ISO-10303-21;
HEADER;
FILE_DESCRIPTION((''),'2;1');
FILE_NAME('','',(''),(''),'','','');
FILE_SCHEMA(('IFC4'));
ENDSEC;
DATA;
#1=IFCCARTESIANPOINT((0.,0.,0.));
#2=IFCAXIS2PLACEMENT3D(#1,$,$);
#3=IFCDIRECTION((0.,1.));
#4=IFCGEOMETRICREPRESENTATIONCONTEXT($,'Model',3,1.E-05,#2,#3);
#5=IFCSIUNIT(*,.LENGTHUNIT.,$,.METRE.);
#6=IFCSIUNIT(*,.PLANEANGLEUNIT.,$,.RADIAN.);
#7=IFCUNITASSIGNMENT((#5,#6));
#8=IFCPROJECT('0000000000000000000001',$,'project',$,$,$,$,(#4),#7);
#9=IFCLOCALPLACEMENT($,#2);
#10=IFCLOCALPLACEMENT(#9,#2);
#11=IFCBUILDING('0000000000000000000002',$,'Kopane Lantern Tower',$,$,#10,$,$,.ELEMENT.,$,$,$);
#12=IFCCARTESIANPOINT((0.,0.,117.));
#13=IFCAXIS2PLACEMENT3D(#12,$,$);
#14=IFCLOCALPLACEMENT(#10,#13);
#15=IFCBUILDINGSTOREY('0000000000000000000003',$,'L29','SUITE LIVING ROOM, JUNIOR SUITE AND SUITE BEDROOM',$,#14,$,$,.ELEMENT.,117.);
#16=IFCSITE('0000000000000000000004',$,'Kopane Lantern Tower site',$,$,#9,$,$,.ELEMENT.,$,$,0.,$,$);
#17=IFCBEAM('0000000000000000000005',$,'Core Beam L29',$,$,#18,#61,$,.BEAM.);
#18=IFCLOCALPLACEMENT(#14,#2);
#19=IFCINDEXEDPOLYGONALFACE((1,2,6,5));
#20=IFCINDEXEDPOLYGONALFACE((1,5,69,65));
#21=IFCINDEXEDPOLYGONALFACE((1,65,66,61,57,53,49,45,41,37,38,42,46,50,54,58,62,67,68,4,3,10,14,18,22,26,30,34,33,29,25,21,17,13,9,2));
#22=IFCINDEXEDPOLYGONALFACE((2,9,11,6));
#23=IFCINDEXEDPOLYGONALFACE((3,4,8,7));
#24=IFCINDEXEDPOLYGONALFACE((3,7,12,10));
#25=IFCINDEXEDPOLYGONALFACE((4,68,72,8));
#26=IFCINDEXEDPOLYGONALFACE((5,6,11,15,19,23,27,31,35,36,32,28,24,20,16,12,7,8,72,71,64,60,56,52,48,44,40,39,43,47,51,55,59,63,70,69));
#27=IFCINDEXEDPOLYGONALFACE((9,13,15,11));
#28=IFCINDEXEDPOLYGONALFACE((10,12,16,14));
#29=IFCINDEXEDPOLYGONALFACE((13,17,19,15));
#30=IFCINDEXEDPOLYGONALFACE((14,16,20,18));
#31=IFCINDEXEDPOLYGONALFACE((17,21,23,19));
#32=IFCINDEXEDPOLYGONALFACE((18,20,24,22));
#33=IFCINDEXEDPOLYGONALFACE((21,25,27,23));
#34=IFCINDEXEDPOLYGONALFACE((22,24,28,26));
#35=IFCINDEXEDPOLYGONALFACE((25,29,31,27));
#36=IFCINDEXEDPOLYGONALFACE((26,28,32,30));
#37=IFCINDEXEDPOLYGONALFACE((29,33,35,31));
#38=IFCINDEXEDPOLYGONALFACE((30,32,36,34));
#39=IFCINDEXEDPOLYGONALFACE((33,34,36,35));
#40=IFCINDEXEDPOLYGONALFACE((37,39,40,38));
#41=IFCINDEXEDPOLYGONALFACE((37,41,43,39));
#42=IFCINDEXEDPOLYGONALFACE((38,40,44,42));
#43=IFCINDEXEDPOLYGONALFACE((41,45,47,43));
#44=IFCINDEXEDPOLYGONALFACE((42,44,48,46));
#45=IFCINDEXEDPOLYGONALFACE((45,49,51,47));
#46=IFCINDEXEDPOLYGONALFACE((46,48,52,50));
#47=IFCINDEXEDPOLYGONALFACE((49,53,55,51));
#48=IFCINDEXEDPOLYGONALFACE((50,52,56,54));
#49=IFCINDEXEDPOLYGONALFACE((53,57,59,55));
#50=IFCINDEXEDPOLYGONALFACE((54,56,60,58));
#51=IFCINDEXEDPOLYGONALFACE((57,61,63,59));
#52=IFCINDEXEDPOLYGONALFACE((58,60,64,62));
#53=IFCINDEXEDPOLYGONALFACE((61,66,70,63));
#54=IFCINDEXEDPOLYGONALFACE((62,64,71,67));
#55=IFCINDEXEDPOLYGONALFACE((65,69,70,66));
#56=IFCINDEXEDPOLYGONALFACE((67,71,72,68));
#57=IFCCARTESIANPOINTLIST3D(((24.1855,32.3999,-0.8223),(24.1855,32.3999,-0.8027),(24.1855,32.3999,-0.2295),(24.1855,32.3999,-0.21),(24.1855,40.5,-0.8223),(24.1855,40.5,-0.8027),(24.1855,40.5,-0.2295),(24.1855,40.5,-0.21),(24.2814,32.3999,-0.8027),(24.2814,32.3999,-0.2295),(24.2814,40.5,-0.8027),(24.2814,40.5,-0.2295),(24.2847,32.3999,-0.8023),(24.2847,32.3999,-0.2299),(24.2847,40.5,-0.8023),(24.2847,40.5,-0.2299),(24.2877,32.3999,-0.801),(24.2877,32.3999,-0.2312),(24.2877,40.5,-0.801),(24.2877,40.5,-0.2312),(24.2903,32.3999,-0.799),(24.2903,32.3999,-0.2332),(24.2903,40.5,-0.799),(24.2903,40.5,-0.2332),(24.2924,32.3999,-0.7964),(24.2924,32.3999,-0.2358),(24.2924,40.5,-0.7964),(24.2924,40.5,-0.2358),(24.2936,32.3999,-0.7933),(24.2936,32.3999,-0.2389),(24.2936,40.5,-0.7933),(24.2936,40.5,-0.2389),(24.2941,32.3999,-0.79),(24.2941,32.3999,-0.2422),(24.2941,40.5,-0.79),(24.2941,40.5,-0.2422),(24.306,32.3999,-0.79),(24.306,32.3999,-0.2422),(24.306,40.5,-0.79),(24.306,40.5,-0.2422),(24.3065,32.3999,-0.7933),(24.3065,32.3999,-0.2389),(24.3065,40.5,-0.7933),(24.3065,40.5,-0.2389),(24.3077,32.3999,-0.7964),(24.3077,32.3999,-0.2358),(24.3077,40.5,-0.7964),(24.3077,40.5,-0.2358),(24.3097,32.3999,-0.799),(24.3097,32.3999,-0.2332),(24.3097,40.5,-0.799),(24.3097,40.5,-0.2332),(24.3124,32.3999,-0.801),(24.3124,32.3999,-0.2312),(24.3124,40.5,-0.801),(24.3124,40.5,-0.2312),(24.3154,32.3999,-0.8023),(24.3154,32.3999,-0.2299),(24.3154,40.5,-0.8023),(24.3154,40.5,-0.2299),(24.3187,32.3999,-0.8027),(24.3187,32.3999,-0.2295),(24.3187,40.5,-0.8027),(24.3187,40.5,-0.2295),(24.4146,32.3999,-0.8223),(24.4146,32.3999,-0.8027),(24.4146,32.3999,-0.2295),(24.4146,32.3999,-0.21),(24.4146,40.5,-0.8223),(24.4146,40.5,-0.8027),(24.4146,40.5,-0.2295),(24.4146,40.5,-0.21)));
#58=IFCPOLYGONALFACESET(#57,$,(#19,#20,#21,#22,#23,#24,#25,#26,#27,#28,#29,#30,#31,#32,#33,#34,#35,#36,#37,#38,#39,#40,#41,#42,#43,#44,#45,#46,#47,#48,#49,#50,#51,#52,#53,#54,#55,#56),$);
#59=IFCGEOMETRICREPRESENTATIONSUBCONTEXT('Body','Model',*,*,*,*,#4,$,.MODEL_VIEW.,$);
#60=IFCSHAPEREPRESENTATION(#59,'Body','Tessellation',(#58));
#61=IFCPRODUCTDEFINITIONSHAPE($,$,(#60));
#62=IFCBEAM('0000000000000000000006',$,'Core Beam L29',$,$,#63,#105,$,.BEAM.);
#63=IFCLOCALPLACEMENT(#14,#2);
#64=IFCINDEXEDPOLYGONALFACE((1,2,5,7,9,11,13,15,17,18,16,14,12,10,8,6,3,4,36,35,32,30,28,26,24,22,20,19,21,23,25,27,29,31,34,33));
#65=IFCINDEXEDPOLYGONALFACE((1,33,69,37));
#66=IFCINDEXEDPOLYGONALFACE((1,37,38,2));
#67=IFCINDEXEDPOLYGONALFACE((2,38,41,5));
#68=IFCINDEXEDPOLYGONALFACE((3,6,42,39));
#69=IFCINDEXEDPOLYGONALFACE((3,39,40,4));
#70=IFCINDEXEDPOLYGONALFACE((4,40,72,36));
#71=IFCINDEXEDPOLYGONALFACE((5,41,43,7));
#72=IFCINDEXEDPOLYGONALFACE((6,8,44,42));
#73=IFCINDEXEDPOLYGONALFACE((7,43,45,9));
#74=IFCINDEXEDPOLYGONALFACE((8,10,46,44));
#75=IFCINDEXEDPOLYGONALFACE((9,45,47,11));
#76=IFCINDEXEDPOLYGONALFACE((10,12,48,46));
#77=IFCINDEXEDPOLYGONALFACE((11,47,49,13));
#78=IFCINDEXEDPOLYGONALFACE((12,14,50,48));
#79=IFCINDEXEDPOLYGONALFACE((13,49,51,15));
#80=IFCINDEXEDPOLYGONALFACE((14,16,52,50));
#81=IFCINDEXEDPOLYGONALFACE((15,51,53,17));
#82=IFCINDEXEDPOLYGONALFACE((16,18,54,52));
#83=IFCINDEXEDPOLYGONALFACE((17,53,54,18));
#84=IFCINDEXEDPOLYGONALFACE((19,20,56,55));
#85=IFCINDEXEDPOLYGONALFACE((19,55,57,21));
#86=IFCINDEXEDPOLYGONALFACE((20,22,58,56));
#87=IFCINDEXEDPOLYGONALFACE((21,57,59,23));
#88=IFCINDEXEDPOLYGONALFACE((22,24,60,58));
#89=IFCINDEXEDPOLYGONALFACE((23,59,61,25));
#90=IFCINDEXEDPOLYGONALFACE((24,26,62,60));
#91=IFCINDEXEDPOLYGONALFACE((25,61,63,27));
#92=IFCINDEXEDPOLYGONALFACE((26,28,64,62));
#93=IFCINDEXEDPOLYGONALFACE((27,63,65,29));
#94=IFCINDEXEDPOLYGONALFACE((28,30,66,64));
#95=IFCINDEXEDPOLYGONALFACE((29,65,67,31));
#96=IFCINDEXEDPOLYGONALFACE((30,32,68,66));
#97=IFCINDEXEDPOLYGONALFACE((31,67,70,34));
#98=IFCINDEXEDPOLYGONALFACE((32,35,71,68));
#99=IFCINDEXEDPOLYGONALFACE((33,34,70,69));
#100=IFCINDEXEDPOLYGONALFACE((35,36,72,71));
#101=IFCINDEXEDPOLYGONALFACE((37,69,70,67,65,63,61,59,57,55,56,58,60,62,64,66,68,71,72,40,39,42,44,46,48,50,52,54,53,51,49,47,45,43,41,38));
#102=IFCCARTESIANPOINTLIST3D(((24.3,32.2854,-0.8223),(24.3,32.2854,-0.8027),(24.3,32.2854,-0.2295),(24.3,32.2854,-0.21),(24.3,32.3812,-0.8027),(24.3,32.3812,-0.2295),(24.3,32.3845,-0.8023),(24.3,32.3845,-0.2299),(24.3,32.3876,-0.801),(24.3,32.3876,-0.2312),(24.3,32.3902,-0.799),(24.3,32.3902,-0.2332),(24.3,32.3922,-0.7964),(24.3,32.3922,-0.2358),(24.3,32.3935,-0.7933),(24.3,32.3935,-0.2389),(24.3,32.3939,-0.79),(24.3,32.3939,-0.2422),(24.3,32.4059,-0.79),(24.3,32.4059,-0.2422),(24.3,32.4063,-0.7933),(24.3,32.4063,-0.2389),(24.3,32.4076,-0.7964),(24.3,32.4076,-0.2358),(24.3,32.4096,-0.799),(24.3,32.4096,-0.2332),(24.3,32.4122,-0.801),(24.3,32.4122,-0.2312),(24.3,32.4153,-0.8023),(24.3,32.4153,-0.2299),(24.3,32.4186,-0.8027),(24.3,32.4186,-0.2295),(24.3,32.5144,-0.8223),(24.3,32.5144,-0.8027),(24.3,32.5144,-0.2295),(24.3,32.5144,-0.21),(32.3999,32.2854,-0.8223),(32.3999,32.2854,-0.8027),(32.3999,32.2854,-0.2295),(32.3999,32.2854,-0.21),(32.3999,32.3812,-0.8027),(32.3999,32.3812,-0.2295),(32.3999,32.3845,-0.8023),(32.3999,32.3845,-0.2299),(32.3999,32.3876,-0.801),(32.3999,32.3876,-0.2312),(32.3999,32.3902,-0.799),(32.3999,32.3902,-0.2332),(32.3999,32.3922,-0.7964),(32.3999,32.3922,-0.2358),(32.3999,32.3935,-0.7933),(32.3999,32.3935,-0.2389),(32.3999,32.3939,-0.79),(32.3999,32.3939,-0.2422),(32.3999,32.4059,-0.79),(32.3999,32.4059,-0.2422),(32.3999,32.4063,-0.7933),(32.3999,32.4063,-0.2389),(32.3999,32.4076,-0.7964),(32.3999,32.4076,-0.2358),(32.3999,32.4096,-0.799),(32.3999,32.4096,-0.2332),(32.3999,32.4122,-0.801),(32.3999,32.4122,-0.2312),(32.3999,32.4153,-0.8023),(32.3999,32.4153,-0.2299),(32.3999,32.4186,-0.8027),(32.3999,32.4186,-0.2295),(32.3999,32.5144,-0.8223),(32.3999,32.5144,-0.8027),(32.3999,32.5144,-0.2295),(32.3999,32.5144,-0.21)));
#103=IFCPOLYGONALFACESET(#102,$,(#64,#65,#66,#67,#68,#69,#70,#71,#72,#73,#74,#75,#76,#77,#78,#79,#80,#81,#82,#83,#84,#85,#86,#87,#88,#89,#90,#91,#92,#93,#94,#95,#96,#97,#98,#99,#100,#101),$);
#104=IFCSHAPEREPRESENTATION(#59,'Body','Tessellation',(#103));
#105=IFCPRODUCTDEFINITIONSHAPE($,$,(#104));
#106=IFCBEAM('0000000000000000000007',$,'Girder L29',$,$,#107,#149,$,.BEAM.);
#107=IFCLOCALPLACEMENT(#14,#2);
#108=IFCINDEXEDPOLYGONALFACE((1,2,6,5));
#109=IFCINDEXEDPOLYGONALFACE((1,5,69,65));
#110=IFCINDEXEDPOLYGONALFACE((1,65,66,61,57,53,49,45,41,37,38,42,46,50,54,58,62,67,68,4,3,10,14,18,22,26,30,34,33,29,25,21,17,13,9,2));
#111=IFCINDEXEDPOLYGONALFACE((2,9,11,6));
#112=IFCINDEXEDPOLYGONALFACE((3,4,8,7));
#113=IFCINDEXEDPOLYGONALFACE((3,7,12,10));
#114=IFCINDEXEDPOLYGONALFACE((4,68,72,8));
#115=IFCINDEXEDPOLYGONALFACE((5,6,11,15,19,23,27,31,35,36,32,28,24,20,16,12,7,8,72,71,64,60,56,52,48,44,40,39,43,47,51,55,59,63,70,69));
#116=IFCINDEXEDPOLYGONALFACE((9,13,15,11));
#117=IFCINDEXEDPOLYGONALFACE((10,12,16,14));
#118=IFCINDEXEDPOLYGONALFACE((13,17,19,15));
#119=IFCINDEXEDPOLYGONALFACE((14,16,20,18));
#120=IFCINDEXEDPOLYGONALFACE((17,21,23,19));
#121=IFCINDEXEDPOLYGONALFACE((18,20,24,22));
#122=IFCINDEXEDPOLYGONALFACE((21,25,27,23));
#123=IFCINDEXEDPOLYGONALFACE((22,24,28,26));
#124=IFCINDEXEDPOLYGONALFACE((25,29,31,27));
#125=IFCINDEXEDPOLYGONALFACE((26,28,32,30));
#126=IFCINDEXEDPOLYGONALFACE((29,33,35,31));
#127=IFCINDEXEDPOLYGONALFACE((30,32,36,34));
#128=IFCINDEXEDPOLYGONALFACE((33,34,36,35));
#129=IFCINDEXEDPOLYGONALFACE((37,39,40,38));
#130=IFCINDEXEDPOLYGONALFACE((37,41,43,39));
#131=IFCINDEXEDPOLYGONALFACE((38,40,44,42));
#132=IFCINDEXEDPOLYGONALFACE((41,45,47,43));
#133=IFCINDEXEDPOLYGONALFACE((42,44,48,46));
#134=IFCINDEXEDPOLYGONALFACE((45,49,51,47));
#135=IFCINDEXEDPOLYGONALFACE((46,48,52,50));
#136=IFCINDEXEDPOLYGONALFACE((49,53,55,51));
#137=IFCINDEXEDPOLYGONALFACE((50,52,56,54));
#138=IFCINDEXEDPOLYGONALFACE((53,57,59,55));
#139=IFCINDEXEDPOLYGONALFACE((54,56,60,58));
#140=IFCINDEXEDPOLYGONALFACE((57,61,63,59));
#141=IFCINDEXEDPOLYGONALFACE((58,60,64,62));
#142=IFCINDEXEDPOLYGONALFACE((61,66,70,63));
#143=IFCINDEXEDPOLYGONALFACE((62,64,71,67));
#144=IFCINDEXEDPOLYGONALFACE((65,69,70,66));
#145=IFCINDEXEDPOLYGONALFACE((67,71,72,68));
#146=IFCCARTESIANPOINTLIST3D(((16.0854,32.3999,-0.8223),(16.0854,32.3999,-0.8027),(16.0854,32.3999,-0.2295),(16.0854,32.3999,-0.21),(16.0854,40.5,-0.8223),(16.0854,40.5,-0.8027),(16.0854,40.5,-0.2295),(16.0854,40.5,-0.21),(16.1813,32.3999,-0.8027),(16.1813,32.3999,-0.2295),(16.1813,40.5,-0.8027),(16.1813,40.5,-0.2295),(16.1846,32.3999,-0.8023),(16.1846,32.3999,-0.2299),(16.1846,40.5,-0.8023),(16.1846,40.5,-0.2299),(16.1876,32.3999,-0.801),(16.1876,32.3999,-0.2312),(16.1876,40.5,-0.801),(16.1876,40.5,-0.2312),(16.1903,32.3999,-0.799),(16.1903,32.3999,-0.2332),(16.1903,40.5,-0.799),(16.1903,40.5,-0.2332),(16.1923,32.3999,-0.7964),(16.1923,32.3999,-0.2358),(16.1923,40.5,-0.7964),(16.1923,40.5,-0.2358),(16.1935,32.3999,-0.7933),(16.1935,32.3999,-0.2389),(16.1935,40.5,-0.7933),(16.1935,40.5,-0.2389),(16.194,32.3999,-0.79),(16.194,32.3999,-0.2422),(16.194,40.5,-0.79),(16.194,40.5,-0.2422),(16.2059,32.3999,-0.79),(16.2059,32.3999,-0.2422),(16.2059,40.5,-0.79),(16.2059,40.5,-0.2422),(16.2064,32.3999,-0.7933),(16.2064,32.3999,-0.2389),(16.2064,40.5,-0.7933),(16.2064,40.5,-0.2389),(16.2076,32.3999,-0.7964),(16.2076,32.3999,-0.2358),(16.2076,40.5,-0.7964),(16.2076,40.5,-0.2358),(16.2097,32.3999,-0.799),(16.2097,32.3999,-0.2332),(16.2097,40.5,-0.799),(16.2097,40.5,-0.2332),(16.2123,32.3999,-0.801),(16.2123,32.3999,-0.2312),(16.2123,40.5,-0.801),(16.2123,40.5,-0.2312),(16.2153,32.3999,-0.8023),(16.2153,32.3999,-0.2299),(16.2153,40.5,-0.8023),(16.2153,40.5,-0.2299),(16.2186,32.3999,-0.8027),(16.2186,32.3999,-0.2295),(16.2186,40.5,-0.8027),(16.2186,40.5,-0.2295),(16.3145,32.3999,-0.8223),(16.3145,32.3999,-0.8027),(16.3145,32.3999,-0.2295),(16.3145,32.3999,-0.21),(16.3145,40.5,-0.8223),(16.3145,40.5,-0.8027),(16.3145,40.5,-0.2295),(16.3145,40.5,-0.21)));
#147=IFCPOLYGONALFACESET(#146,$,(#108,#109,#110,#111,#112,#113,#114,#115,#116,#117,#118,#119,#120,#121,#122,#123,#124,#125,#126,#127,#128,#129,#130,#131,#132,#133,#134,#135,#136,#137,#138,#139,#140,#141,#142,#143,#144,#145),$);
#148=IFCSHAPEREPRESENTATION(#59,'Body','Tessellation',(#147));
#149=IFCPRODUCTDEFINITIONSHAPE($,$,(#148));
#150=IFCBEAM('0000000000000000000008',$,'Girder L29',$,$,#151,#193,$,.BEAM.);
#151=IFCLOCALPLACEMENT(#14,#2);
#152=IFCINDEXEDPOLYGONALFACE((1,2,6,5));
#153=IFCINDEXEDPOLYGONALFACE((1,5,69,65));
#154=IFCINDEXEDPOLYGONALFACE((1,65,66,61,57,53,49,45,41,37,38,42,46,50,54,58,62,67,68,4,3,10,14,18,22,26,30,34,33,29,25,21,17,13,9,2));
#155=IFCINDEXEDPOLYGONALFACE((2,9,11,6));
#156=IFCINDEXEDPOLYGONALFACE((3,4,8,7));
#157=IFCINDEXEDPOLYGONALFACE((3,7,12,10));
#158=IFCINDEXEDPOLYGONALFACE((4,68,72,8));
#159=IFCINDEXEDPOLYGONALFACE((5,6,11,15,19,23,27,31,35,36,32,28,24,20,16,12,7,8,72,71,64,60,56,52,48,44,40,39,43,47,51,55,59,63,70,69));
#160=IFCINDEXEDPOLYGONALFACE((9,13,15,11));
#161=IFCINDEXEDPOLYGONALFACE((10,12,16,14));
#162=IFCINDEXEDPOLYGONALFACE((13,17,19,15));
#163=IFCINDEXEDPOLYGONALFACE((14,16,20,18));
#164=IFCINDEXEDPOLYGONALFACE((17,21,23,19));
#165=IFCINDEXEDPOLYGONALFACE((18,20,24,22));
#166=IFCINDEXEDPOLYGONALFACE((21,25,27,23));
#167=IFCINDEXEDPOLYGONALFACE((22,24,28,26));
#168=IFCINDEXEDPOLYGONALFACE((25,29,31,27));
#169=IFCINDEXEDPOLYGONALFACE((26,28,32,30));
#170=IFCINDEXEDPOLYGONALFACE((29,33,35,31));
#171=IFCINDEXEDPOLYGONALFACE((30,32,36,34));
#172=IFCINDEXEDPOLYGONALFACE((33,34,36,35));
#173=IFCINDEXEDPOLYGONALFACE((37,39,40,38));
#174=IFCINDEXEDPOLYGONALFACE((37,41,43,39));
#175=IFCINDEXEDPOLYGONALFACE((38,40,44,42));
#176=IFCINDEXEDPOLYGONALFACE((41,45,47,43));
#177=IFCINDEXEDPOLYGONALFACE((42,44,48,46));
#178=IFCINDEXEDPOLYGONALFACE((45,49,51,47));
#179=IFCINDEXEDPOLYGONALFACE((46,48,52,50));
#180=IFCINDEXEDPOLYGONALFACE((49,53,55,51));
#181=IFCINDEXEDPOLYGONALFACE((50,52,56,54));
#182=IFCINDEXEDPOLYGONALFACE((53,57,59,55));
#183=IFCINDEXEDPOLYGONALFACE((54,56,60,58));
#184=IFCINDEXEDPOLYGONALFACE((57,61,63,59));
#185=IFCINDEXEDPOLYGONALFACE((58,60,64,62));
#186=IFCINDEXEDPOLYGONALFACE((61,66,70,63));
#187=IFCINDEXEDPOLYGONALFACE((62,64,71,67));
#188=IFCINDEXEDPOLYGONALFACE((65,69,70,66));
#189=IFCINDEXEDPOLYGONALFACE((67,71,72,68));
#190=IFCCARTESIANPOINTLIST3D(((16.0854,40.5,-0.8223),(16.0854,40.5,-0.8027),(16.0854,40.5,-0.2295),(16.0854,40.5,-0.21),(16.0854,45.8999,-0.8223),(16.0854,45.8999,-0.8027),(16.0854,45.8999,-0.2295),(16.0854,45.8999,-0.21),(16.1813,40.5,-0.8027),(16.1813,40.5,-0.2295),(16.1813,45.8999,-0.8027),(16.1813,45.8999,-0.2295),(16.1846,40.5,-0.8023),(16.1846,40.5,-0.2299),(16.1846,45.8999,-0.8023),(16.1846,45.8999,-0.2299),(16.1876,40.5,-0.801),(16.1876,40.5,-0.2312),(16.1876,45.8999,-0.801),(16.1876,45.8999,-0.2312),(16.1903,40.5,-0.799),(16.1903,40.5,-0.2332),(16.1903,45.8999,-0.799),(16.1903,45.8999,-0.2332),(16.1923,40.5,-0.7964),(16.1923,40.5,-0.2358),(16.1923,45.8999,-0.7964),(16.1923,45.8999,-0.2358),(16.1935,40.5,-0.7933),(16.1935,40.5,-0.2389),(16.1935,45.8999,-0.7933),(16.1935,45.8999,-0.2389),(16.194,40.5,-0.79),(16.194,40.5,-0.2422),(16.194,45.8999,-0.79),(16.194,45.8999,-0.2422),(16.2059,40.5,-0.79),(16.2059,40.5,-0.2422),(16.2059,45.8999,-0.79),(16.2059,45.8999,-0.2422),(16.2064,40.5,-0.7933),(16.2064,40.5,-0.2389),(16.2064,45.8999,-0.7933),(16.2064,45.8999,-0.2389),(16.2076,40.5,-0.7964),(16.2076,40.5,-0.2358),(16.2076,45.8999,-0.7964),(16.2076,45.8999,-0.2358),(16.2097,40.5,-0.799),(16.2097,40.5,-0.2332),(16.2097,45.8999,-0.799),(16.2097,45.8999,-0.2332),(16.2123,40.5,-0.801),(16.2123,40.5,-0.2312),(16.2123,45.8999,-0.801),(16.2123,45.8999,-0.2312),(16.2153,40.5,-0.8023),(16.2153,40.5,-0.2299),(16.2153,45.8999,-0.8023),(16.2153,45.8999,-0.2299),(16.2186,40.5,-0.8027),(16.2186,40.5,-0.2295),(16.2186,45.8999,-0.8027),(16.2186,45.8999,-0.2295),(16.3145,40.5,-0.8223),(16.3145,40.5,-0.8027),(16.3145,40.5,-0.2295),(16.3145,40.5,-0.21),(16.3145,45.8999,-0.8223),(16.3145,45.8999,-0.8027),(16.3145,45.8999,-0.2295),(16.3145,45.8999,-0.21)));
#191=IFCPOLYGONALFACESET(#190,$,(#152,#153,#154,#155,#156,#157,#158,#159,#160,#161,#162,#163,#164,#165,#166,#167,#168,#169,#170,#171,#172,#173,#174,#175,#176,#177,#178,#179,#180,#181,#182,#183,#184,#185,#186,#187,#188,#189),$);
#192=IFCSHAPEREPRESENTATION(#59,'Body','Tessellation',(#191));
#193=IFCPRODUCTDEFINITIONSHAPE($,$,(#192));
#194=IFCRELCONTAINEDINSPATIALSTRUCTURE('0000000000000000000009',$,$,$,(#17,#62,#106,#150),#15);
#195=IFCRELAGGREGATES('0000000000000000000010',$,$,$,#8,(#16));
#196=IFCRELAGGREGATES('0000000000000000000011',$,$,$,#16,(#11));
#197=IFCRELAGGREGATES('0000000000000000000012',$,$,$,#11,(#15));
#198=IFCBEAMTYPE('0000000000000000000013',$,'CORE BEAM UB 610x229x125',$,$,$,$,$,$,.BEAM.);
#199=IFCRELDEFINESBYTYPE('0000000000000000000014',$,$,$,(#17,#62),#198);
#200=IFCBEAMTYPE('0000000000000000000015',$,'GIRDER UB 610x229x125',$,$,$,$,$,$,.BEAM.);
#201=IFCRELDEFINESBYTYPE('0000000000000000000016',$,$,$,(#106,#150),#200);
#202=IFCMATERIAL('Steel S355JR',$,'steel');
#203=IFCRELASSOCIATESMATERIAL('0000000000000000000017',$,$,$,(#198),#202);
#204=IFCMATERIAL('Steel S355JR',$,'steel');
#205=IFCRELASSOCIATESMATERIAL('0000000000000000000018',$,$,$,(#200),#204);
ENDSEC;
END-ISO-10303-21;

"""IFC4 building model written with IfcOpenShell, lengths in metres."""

from ifc_helpers import new_model, si_unit, direction, frame, origin, origin_2d, place, context, subcontext, project, spatial, i_section, extrude, material, material_profile, profile_set, type_object, element, save


model = new_model("IFC4")

# Units and contexts
model_context = context("Model", 3, precision=1e-05, world=origin(), true_north=direction((0.0, 1.0)))
body_context = subcontext(model_context, "Body", "Model", "MODEL_VIEW")
ifc_project = project(units=[si_unit("LENGTHUNIT", "METRE"), si_unit("PLANEANGLEUNIT", "RADIAN")], contexts=[model_context])

# Site, building, storey
site_placement = place(None, origin())
site = spatial("IfcSite", under=ifc_project, at=site_placement, Name="Kopane Lantern Tower site", CompositionType="ELEMENT", RefElevation=0.0)
building_placement = place(site_placement, origin())
building = spatial("IfcBuilding", under=site, at=building_placement, Name="Kopane Lantern Tower", CompositionType="ELEMENT")
storey_placement = place(building_placement, frame((0.0, 0.0, 117.0)))
storey = spatial("IfcBuildingStorey", under=building, at=storey_placement, Name="L29", Description="SUITE LIVING ROOM, JUNIOR SUITE AND SUITE BEDROOM", CompositionType="ELEMENT", Elevation=117.0)

# Beams
ifc_material_1 = material(Name="Steel S355JR", Category="steel")
ifc_material_profile_1 = material_profile(ifc_material_1, i_section(OverallWidth=0.229, OverallDepth=0.6123, WebThickness=0.012, FlangeThickness=0.0195, FilletRadius=0.0127, at=origin_2d()), Name="UB 610x229x125")
ifc_profile_set_1 = profile_set([ifc_material_profile_1], Name="Steel S355JR")
beam_type_1 = type_object("IfcBeamType", Name="CORE BEAM UB 610x229x125", PredefinedType="BEAM", material=ifc_profile_set_1)
for number, where, z_axis, x_axis, name in (
    (1, (24.3, 32.3999, -0.5161), (0.0, 1.0, 0.0), (-1.0, 0.0, 0.0), "Core Beam L29"),
):
    element("IfcBeam", number, at=place(storey_placement, frame(where, z_axis=z_axis, x_axis=x_axis)), inside=storey, type_object=beam_type_1, Name=name, PredefinedType="BEAM", context=body_context, shape_type="SweptSolid", body=[
        extrude(i_section(OverallWidth=0.229, OverallDepth=0.6123, WebThickness=0.012, FlangeThickness=0.0195, FilletRadius=0.0127, at=origin_2d()), origin(), (0.0, 0.0, 1.0), 8.1001),
    ])
beam_1_placement = place(storey_placement, frame((24.3, 32.3999, -0.5161), z_axis=(1.0, 0.0, 0.0), x_axis=(0.0, 1.0, 0.0)))
element("IfcBeam", 2, at=beam_1_placement, inside=storey, type_object=beam_type_1, Name="Core Beam L29", PredefinedType="BEAM", context=body_context, shape_type="SweptSolid", body=[
    extrude(i_section(OverallWidth=0.229, OverallDepth=0.6123, WebThickness=0.012, FlangeThickness=0.0195, FilletRadius=0.0127, at=origin_2d()), origin(), (0.0, 0.0, 1.0), 8.0999),
])
ifc_material_2 = material(Name="Steel S355JR", Category="steel")
ifc_material_profile_2 = material_profile(ifc_material_2, i_section(OverallWidth=0.229, OverallDepth=0.6123, WebThickness=0.012, FlangeThickness=0.0195, FilletRadius=0.0127, at=origin_2d()), Name="UB 610x229x125")
ifc_profile_set_2 = profile_set([ifc_material_profile_2], Name="Steel S355JR")
beam_type_2 = type_object("IfcBeamType", Name="GIRDER UB 610x229x125", PredefinedType="BEAM", material=ifc_profile_set_2)
beam_2_placement = place(storey_placement, frame((16.2, 32.3999, -0.5161), z_axis=(0.0, 1.0, 0.0), x_axis=(-1.0, 0.0, 0.0)))
element("IfcBeam", 3, at=beam_2_placement, inside=storey, type_object=beam_type_2, Name="Girder L29", PredefinedType="BEAM", context=body_context, shape_type="SweptSolid", body=[
    extrude(i_section(OverallWidth=0.229, OverallDepth=0.6123, WebThickness=0.012, FlangeThickness=0.0195, FilletRadius=0.0127, at=origin_2d()), origin(), (0.0, 0.0, 1.0), 8.1001),
])
beam_3_placement = place(storey_placement, frame((16.2, 40.5, -0.5161), z_axis=(0.0, 1.0, 0.0), x_axis=(-1.0, 0.0, 0.0)))
element("IfcBeam", 4, at=beam_3_placement, inside=storey, type_object=beam_type_2, Name="Girder L29", PredefinedType="BEAM", context=body_context, shape_type="SweptSolid", body=[
    extrude(i_section(OverallWidth=0.229, OverallDepth=0.6123, WebThickness=0.012, FlangeThickness=0.0195, FilletRadius=0.0127, at=origin_2d()), origin(), (0.0, 0.0, 1.0), 5.3999),
])

save(model, "model.ifc")
